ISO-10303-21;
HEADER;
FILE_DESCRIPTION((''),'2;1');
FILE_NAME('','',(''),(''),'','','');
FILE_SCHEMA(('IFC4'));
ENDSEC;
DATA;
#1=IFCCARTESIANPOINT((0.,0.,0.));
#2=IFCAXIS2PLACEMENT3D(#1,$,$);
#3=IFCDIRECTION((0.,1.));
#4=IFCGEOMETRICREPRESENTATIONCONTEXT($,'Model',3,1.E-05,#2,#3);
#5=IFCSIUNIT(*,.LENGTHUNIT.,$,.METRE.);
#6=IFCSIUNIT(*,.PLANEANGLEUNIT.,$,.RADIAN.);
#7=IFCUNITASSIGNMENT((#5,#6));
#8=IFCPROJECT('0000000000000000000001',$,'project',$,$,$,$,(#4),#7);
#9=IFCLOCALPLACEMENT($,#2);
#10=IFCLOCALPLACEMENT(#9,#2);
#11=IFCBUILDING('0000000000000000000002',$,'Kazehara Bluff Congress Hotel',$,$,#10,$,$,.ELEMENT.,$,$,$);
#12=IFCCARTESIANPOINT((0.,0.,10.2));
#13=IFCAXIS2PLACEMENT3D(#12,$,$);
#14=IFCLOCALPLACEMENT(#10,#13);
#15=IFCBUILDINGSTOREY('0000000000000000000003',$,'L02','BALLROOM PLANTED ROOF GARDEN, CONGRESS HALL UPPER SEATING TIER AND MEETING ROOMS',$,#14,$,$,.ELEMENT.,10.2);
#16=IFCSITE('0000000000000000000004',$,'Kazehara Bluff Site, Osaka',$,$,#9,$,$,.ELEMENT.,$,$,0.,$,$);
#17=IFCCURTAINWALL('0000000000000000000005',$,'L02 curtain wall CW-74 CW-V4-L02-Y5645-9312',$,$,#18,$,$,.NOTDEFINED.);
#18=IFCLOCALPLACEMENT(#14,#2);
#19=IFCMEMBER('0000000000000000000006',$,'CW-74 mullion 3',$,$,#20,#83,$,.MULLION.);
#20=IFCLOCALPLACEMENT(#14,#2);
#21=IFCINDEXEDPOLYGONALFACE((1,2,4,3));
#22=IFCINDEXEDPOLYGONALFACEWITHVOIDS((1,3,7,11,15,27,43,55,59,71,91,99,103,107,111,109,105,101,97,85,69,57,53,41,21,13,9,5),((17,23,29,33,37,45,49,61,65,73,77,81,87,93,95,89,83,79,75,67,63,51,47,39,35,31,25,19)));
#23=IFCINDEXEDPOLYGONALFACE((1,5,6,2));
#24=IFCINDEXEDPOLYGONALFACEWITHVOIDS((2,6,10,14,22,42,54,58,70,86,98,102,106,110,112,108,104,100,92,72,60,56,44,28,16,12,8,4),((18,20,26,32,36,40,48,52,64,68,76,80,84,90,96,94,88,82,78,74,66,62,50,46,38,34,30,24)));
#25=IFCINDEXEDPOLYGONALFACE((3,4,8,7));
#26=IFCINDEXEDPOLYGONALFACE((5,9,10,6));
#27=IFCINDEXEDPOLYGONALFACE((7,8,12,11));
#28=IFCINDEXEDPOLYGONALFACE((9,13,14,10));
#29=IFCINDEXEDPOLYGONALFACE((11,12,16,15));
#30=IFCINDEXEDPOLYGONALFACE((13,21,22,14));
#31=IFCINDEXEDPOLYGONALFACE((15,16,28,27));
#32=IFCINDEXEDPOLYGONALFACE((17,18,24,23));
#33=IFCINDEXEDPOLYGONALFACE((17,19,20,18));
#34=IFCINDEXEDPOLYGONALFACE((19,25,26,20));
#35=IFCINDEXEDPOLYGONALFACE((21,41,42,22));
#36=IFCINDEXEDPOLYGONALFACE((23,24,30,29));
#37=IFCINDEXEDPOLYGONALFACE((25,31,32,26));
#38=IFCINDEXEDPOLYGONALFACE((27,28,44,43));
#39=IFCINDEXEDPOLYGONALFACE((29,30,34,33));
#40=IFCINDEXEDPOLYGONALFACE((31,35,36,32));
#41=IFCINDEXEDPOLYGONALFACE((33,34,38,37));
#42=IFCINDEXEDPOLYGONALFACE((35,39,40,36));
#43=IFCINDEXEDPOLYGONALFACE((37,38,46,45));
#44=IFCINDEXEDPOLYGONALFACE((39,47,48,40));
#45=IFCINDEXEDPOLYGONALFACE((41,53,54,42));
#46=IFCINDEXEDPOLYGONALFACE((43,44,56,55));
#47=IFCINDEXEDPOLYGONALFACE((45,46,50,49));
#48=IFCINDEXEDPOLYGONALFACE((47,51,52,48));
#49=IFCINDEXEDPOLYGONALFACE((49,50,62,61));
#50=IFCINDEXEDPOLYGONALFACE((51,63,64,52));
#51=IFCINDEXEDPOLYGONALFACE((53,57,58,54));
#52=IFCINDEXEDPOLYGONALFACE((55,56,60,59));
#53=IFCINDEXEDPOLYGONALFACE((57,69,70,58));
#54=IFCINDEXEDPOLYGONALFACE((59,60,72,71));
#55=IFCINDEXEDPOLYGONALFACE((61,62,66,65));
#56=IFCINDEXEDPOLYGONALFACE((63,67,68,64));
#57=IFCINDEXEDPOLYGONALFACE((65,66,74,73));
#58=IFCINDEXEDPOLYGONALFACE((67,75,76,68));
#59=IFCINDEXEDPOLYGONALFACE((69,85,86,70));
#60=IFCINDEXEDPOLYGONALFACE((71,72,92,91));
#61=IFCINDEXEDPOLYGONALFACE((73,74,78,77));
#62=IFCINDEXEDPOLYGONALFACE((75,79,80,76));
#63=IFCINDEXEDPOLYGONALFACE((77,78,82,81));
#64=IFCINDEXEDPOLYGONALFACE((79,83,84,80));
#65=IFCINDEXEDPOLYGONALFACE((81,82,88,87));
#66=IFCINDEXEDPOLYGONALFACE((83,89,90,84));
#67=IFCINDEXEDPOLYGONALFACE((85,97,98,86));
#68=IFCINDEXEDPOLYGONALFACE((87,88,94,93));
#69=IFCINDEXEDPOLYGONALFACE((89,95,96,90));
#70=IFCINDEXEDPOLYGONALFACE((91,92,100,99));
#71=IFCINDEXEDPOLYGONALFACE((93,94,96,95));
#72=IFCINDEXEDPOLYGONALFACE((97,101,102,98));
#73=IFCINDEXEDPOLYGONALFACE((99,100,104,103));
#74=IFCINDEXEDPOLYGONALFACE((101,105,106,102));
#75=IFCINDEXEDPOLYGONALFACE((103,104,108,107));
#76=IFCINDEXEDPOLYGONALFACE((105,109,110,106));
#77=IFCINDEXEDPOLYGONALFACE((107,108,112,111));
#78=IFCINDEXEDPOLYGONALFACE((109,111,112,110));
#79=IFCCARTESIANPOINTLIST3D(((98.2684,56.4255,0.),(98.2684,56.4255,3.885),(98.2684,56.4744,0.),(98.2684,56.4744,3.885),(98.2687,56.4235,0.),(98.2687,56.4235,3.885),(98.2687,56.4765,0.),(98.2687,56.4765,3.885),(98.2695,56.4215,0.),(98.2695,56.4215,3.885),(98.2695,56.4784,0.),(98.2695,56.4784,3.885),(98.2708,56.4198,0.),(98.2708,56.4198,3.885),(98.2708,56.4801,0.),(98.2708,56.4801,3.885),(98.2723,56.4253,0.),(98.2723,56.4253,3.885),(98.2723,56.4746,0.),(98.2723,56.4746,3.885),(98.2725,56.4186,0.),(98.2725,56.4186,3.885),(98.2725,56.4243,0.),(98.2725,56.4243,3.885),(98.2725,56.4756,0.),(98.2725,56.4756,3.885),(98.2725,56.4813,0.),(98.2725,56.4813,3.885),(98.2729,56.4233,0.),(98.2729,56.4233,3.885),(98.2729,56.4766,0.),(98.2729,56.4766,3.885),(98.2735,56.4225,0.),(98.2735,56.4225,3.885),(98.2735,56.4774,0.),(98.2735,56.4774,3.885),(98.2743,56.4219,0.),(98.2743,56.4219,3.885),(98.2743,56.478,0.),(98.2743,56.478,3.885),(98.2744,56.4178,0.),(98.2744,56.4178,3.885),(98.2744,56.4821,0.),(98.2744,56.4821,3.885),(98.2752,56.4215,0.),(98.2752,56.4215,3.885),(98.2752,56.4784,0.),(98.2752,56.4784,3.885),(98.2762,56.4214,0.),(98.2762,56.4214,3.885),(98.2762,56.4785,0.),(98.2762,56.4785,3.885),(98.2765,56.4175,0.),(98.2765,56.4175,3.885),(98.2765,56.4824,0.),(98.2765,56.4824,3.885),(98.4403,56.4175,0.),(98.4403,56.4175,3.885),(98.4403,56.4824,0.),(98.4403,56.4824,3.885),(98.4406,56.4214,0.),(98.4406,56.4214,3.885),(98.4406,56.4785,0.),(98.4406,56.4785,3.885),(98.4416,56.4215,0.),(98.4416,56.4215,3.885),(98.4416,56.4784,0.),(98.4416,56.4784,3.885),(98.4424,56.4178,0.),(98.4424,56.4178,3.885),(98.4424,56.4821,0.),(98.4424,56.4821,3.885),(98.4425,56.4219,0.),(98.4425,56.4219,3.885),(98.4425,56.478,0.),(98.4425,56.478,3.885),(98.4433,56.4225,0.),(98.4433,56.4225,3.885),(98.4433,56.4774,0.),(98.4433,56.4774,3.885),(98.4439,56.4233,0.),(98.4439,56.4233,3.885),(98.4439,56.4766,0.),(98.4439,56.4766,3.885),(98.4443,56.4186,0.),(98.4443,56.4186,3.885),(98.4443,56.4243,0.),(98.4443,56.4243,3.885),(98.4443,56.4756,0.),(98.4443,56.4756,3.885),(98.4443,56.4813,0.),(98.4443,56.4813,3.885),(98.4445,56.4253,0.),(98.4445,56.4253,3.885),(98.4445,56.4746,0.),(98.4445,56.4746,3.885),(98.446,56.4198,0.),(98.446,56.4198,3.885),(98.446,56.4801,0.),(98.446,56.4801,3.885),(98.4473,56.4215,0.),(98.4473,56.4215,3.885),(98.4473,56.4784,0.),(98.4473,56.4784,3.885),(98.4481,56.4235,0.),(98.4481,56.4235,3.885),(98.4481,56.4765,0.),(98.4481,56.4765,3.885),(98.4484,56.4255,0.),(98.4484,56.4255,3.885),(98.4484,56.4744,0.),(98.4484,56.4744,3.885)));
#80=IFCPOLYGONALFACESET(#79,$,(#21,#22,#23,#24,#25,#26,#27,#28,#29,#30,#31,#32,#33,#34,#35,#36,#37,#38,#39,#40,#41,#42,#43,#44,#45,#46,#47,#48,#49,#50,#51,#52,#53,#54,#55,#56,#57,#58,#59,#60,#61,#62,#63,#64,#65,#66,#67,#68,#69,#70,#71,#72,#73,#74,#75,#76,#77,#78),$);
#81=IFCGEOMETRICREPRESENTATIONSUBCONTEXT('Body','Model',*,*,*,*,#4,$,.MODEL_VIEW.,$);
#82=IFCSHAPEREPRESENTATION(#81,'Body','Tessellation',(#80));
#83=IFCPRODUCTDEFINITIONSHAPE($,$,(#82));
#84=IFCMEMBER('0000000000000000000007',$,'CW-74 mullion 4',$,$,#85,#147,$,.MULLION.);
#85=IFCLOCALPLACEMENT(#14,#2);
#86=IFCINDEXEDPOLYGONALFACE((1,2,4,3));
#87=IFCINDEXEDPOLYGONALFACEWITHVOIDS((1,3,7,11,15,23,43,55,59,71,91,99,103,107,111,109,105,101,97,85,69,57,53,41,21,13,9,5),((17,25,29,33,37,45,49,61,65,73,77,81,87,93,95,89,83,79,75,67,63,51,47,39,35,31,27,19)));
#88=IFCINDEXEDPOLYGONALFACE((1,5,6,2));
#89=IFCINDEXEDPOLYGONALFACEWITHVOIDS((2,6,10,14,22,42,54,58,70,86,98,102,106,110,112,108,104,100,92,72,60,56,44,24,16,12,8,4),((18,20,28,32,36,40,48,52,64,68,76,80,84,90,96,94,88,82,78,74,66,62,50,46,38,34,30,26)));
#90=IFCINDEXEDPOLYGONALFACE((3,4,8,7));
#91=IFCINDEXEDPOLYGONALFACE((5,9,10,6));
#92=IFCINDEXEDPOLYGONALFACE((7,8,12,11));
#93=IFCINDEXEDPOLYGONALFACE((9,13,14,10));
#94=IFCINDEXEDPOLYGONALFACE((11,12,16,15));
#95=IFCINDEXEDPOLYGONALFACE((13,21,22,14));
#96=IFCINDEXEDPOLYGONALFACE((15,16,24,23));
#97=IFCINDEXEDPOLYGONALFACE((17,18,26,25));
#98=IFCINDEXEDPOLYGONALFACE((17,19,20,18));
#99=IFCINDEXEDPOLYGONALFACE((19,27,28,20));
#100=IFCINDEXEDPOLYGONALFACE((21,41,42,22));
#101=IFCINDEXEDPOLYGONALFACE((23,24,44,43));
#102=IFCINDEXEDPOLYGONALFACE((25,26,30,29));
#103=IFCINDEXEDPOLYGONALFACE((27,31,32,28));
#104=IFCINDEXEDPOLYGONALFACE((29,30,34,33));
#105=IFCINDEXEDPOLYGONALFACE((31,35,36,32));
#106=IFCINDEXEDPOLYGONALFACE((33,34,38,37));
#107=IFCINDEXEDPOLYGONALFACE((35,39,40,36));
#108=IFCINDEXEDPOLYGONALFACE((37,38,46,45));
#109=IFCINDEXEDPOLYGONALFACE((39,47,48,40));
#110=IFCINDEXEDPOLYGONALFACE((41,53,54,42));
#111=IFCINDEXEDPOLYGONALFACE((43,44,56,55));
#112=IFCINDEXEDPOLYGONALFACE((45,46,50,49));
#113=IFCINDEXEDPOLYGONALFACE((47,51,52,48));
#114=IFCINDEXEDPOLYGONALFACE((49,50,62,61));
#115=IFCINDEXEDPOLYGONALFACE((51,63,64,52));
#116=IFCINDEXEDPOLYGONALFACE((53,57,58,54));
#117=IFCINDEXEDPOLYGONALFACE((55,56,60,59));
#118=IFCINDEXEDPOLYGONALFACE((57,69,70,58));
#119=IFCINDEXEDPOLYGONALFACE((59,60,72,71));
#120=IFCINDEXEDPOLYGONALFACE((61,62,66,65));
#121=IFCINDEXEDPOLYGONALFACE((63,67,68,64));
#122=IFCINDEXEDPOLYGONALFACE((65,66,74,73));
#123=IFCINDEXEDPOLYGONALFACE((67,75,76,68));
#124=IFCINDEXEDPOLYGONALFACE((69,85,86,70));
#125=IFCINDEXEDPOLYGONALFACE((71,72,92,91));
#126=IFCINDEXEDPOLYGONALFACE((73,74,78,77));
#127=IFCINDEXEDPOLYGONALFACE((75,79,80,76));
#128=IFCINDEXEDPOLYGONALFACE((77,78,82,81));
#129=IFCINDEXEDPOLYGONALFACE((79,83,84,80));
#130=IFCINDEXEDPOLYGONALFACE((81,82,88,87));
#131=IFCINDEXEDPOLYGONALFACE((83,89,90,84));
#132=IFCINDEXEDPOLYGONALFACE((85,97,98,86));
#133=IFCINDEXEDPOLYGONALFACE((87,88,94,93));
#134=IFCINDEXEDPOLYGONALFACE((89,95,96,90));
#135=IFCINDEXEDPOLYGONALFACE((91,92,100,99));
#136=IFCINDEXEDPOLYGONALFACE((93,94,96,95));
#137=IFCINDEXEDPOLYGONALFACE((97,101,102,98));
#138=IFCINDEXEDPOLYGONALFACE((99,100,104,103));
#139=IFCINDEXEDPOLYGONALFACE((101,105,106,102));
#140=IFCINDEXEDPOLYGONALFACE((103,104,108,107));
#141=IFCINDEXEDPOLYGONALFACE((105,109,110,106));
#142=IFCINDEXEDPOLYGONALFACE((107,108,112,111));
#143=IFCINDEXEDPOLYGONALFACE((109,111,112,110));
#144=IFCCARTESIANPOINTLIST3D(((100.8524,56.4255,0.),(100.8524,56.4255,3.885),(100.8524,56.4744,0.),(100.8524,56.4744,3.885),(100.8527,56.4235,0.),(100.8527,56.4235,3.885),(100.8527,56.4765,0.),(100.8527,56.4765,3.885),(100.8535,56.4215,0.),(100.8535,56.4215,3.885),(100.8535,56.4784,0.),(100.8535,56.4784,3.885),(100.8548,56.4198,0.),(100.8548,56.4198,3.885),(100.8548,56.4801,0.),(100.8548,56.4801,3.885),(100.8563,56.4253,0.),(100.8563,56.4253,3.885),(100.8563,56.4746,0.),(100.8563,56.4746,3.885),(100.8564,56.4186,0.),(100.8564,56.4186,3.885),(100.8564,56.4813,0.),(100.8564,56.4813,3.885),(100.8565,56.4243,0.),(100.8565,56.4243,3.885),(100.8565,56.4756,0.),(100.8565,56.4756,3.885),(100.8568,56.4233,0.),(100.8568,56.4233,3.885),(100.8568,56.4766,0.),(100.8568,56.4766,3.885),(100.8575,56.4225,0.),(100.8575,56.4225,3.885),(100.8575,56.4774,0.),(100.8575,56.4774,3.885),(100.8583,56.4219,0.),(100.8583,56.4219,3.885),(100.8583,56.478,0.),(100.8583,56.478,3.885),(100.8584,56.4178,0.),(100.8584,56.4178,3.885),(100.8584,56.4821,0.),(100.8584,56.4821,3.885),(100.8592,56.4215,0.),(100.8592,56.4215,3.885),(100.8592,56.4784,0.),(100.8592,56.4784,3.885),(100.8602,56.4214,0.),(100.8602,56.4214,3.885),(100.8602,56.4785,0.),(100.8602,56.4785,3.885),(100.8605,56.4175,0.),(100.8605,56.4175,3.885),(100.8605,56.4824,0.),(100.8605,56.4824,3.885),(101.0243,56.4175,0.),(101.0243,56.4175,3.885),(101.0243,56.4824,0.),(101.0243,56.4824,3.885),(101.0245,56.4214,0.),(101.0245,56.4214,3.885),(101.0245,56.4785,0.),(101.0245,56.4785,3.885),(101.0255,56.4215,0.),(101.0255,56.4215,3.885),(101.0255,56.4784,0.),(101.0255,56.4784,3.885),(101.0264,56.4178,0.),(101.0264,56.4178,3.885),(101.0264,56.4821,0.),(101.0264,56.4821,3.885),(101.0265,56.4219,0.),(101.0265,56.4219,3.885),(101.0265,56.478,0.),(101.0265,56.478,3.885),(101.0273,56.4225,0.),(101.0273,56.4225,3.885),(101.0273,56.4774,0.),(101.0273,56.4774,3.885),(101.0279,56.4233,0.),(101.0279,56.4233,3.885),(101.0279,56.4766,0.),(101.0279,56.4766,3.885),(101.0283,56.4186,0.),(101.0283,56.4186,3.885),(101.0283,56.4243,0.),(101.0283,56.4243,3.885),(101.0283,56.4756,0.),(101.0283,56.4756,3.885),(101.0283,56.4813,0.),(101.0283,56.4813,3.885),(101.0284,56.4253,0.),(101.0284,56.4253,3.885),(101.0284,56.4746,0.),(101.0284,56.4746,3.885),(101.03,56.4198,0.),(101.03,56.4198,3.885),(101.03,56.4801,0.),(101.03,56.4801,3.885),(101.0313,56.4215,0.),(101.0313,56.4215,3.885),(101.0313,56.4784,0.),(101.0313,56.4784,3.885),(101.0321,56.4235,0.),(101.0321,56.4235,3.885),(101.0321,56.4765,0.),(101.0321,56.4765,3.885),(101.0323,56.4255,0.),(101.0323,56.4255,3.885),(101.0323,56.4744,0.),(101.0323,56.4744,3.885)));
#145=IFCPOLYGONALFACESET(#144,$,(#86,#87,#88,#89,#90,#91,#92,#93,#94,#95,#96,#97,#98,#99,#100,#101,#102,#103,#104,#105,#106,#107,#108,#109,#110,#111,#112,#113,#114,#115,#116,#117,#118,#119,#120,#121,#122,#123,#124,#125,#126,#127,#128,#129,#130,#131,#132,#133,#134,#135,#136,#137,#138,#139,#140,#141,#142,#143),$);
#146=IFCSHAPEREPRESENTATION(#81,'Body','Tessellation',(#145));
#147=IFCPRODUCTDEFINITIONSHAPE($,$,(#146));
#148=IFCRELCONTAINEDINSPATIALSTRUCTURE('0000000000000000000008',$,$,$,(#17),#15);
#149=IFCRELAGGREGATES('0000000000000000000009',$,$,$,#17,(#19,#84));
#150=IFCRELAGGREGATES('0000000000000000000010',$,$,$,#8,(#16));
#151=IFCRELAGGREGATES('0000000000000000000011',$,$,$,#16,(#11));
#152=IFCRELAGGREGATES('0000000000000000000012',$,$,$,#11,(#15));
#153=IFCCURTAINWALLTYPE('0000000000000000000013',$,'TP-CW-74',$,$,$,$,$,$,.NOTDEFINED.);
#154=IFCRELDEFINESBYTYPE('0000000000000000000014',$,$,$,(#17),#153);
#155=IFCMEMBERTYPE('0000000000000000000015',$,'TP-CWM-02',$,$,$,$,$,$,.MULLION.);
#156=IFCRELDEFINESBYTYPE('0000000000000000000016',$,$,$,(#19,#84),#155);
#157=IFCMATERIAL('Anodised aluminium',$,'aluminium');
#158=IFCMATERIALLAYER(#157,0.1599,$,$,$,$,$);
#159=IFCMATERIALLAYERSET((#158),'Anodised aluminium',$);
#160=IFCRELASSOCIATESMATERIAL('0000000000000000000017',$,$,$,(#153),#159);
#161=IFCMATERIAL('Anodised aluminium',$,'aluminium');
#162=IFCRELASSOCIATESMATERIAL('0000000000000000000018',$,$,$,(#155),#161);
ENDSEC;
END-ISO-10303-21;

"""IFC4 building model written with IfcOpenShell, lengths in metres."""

from ifc_helpers import new_model, si_unit, direction, frame, origin, origin_2d, place, context, subcontext, project, spatial, hollow_rectangle, extrude, material, layer, layer_set, material_profile, profile_set, type_object, element, aggregate, save


model = new_model("IFC4")

# Units and contexts
model_context = context("Model", 3, precision=1e-05, world=origin(), true_north=direction((0.0, 1.0)))
body_context = subcontext(model_context, "Body", "Model", "MODEL_VIEW")
ifc_project = project(units=[si_unit("LENGTHUNIT", "METRE"), si_unit("PLANEANGLEUNIT", "RADIAN")], contexts=[model_context])

# Site, building, storey
site_placement = place(None, origin())
site = spatial("IfcSite", under=ifc_project, at=site_placement, Name="Kazehara Bluff Site, Osaka", CompositionType="ELEMENT", RefElevation=0.0)
building_placement = place(site_placement, origin())
building = spatial("IfcBuilding", under=site, at=building_placement, Name="Kazehara Bluff Congress Hotel", CompositionType="ELEMENT")
storey_placement = place(building_placement, frame((0.0, 0.0, 10.2)))
storey = spatial("IfcBuildingStorey", under=building, at=storey_placement, Name="L02", Description="BALLROOM PLANTED ROOF GARDEN, CONGRESS HALL UPPER SEATING TIER AND MEETING ROOMS", CompositionType="ELEMENT", Elevation=10.2)

# Curtain wall, members
ifc_material_1 = material(Name="Anodised aluminium", Category="aluminium")
ifc_layer_1 = layer(ifc_material_1, 0.1599)
ifc_layer_set_1 = layer_set([ifc_layer_1], Name="Anodised aluminium")
curtain_wall_type_1 = type_object("IfcCurtainWallType", Name="TP-CW-74", PredefinedType="NOTDEFINED", material=ifc_layer_set_1)
curtain_wall_1_placement = place(storey_placement, origin())
curtain_wall_1 = element("IfcCurtainWall", 1, at=curtain_wall_1_placement, inside=storey, type_object=curtain_wall_type_1, Name="L02 curtain wall CW-74 CW-V4-L02-Y5645-9312", PredefinedType="NOTDEFINED")
ifc_material_2 = material(Name="Anodised aluminium", Category="aluminium")
ifc_material_profile_1 = material_profile(ifc_material_2, hollow_rectangle(XDim=0.0649, YDim=0.1799, WallThickness=0.0039, InnerFilletRadius=0.0039, OuterFilletRadius=0.0081, at=origin_2d()))
ifc_profile_set_1 = profile_set([ifc_material_profile_1], Name="Anodised aluminium")
member_type_1 = type_object("IfcMemberType", Name="TP-CWM-02", PredefinedType="MULLION", material=ifc_profile_set_1)
member_1_placement = place(storey_placement, frame((98.3584, 56.45, 0.0), z_axis=(0.0, 0.0, 1.0), x_axis=(0.0, 1.0, 0.0)))
member_1 = element("IfcMember", 2, at=member_1_placement, type_object=member_type_1, Name="CW-74 mullion 3", PredefinedType="MULLION", context=body_context, shape_type="SweptSolid", body=[
    extrude(hollow_rectangle(XDim=0.0649, YDim=0.1799, WallThickness=0.0039, InnerFilletRadius=0.0039, OuterFilletRadius=0.0081, at=origin_2d()), origin(), (0.0, 0.0, 1.0), 3.885),
])
member_2_placement = place(storey_placement, frame((100.9424, 56.45, 0.0), z_axis=(0.0, 0.0, 1.0), x_axis=(0.0, 1.0, 0.0)))
member_2 = element("IfcMember", 3, at=member_2_placement, type_object=member_type_1, Name="CW-74 mullion 4", PredefinedType="MULLION", context=body_context, shape_type="SweptSolid", body=[
    extrude(hollow_rectangle(XDim=0.0649, YDim=0.1799, WallThickness=0.0039, InnerFilletRadius=0.0039, OuterFilletRadius=0.0081, at=origin_2d()), origin(), (0.0, 0.0, 1.0), 3.885),
])

aggregate(curtain_wall_1, [member_1, member_2])

save(model, "model.ifc")
